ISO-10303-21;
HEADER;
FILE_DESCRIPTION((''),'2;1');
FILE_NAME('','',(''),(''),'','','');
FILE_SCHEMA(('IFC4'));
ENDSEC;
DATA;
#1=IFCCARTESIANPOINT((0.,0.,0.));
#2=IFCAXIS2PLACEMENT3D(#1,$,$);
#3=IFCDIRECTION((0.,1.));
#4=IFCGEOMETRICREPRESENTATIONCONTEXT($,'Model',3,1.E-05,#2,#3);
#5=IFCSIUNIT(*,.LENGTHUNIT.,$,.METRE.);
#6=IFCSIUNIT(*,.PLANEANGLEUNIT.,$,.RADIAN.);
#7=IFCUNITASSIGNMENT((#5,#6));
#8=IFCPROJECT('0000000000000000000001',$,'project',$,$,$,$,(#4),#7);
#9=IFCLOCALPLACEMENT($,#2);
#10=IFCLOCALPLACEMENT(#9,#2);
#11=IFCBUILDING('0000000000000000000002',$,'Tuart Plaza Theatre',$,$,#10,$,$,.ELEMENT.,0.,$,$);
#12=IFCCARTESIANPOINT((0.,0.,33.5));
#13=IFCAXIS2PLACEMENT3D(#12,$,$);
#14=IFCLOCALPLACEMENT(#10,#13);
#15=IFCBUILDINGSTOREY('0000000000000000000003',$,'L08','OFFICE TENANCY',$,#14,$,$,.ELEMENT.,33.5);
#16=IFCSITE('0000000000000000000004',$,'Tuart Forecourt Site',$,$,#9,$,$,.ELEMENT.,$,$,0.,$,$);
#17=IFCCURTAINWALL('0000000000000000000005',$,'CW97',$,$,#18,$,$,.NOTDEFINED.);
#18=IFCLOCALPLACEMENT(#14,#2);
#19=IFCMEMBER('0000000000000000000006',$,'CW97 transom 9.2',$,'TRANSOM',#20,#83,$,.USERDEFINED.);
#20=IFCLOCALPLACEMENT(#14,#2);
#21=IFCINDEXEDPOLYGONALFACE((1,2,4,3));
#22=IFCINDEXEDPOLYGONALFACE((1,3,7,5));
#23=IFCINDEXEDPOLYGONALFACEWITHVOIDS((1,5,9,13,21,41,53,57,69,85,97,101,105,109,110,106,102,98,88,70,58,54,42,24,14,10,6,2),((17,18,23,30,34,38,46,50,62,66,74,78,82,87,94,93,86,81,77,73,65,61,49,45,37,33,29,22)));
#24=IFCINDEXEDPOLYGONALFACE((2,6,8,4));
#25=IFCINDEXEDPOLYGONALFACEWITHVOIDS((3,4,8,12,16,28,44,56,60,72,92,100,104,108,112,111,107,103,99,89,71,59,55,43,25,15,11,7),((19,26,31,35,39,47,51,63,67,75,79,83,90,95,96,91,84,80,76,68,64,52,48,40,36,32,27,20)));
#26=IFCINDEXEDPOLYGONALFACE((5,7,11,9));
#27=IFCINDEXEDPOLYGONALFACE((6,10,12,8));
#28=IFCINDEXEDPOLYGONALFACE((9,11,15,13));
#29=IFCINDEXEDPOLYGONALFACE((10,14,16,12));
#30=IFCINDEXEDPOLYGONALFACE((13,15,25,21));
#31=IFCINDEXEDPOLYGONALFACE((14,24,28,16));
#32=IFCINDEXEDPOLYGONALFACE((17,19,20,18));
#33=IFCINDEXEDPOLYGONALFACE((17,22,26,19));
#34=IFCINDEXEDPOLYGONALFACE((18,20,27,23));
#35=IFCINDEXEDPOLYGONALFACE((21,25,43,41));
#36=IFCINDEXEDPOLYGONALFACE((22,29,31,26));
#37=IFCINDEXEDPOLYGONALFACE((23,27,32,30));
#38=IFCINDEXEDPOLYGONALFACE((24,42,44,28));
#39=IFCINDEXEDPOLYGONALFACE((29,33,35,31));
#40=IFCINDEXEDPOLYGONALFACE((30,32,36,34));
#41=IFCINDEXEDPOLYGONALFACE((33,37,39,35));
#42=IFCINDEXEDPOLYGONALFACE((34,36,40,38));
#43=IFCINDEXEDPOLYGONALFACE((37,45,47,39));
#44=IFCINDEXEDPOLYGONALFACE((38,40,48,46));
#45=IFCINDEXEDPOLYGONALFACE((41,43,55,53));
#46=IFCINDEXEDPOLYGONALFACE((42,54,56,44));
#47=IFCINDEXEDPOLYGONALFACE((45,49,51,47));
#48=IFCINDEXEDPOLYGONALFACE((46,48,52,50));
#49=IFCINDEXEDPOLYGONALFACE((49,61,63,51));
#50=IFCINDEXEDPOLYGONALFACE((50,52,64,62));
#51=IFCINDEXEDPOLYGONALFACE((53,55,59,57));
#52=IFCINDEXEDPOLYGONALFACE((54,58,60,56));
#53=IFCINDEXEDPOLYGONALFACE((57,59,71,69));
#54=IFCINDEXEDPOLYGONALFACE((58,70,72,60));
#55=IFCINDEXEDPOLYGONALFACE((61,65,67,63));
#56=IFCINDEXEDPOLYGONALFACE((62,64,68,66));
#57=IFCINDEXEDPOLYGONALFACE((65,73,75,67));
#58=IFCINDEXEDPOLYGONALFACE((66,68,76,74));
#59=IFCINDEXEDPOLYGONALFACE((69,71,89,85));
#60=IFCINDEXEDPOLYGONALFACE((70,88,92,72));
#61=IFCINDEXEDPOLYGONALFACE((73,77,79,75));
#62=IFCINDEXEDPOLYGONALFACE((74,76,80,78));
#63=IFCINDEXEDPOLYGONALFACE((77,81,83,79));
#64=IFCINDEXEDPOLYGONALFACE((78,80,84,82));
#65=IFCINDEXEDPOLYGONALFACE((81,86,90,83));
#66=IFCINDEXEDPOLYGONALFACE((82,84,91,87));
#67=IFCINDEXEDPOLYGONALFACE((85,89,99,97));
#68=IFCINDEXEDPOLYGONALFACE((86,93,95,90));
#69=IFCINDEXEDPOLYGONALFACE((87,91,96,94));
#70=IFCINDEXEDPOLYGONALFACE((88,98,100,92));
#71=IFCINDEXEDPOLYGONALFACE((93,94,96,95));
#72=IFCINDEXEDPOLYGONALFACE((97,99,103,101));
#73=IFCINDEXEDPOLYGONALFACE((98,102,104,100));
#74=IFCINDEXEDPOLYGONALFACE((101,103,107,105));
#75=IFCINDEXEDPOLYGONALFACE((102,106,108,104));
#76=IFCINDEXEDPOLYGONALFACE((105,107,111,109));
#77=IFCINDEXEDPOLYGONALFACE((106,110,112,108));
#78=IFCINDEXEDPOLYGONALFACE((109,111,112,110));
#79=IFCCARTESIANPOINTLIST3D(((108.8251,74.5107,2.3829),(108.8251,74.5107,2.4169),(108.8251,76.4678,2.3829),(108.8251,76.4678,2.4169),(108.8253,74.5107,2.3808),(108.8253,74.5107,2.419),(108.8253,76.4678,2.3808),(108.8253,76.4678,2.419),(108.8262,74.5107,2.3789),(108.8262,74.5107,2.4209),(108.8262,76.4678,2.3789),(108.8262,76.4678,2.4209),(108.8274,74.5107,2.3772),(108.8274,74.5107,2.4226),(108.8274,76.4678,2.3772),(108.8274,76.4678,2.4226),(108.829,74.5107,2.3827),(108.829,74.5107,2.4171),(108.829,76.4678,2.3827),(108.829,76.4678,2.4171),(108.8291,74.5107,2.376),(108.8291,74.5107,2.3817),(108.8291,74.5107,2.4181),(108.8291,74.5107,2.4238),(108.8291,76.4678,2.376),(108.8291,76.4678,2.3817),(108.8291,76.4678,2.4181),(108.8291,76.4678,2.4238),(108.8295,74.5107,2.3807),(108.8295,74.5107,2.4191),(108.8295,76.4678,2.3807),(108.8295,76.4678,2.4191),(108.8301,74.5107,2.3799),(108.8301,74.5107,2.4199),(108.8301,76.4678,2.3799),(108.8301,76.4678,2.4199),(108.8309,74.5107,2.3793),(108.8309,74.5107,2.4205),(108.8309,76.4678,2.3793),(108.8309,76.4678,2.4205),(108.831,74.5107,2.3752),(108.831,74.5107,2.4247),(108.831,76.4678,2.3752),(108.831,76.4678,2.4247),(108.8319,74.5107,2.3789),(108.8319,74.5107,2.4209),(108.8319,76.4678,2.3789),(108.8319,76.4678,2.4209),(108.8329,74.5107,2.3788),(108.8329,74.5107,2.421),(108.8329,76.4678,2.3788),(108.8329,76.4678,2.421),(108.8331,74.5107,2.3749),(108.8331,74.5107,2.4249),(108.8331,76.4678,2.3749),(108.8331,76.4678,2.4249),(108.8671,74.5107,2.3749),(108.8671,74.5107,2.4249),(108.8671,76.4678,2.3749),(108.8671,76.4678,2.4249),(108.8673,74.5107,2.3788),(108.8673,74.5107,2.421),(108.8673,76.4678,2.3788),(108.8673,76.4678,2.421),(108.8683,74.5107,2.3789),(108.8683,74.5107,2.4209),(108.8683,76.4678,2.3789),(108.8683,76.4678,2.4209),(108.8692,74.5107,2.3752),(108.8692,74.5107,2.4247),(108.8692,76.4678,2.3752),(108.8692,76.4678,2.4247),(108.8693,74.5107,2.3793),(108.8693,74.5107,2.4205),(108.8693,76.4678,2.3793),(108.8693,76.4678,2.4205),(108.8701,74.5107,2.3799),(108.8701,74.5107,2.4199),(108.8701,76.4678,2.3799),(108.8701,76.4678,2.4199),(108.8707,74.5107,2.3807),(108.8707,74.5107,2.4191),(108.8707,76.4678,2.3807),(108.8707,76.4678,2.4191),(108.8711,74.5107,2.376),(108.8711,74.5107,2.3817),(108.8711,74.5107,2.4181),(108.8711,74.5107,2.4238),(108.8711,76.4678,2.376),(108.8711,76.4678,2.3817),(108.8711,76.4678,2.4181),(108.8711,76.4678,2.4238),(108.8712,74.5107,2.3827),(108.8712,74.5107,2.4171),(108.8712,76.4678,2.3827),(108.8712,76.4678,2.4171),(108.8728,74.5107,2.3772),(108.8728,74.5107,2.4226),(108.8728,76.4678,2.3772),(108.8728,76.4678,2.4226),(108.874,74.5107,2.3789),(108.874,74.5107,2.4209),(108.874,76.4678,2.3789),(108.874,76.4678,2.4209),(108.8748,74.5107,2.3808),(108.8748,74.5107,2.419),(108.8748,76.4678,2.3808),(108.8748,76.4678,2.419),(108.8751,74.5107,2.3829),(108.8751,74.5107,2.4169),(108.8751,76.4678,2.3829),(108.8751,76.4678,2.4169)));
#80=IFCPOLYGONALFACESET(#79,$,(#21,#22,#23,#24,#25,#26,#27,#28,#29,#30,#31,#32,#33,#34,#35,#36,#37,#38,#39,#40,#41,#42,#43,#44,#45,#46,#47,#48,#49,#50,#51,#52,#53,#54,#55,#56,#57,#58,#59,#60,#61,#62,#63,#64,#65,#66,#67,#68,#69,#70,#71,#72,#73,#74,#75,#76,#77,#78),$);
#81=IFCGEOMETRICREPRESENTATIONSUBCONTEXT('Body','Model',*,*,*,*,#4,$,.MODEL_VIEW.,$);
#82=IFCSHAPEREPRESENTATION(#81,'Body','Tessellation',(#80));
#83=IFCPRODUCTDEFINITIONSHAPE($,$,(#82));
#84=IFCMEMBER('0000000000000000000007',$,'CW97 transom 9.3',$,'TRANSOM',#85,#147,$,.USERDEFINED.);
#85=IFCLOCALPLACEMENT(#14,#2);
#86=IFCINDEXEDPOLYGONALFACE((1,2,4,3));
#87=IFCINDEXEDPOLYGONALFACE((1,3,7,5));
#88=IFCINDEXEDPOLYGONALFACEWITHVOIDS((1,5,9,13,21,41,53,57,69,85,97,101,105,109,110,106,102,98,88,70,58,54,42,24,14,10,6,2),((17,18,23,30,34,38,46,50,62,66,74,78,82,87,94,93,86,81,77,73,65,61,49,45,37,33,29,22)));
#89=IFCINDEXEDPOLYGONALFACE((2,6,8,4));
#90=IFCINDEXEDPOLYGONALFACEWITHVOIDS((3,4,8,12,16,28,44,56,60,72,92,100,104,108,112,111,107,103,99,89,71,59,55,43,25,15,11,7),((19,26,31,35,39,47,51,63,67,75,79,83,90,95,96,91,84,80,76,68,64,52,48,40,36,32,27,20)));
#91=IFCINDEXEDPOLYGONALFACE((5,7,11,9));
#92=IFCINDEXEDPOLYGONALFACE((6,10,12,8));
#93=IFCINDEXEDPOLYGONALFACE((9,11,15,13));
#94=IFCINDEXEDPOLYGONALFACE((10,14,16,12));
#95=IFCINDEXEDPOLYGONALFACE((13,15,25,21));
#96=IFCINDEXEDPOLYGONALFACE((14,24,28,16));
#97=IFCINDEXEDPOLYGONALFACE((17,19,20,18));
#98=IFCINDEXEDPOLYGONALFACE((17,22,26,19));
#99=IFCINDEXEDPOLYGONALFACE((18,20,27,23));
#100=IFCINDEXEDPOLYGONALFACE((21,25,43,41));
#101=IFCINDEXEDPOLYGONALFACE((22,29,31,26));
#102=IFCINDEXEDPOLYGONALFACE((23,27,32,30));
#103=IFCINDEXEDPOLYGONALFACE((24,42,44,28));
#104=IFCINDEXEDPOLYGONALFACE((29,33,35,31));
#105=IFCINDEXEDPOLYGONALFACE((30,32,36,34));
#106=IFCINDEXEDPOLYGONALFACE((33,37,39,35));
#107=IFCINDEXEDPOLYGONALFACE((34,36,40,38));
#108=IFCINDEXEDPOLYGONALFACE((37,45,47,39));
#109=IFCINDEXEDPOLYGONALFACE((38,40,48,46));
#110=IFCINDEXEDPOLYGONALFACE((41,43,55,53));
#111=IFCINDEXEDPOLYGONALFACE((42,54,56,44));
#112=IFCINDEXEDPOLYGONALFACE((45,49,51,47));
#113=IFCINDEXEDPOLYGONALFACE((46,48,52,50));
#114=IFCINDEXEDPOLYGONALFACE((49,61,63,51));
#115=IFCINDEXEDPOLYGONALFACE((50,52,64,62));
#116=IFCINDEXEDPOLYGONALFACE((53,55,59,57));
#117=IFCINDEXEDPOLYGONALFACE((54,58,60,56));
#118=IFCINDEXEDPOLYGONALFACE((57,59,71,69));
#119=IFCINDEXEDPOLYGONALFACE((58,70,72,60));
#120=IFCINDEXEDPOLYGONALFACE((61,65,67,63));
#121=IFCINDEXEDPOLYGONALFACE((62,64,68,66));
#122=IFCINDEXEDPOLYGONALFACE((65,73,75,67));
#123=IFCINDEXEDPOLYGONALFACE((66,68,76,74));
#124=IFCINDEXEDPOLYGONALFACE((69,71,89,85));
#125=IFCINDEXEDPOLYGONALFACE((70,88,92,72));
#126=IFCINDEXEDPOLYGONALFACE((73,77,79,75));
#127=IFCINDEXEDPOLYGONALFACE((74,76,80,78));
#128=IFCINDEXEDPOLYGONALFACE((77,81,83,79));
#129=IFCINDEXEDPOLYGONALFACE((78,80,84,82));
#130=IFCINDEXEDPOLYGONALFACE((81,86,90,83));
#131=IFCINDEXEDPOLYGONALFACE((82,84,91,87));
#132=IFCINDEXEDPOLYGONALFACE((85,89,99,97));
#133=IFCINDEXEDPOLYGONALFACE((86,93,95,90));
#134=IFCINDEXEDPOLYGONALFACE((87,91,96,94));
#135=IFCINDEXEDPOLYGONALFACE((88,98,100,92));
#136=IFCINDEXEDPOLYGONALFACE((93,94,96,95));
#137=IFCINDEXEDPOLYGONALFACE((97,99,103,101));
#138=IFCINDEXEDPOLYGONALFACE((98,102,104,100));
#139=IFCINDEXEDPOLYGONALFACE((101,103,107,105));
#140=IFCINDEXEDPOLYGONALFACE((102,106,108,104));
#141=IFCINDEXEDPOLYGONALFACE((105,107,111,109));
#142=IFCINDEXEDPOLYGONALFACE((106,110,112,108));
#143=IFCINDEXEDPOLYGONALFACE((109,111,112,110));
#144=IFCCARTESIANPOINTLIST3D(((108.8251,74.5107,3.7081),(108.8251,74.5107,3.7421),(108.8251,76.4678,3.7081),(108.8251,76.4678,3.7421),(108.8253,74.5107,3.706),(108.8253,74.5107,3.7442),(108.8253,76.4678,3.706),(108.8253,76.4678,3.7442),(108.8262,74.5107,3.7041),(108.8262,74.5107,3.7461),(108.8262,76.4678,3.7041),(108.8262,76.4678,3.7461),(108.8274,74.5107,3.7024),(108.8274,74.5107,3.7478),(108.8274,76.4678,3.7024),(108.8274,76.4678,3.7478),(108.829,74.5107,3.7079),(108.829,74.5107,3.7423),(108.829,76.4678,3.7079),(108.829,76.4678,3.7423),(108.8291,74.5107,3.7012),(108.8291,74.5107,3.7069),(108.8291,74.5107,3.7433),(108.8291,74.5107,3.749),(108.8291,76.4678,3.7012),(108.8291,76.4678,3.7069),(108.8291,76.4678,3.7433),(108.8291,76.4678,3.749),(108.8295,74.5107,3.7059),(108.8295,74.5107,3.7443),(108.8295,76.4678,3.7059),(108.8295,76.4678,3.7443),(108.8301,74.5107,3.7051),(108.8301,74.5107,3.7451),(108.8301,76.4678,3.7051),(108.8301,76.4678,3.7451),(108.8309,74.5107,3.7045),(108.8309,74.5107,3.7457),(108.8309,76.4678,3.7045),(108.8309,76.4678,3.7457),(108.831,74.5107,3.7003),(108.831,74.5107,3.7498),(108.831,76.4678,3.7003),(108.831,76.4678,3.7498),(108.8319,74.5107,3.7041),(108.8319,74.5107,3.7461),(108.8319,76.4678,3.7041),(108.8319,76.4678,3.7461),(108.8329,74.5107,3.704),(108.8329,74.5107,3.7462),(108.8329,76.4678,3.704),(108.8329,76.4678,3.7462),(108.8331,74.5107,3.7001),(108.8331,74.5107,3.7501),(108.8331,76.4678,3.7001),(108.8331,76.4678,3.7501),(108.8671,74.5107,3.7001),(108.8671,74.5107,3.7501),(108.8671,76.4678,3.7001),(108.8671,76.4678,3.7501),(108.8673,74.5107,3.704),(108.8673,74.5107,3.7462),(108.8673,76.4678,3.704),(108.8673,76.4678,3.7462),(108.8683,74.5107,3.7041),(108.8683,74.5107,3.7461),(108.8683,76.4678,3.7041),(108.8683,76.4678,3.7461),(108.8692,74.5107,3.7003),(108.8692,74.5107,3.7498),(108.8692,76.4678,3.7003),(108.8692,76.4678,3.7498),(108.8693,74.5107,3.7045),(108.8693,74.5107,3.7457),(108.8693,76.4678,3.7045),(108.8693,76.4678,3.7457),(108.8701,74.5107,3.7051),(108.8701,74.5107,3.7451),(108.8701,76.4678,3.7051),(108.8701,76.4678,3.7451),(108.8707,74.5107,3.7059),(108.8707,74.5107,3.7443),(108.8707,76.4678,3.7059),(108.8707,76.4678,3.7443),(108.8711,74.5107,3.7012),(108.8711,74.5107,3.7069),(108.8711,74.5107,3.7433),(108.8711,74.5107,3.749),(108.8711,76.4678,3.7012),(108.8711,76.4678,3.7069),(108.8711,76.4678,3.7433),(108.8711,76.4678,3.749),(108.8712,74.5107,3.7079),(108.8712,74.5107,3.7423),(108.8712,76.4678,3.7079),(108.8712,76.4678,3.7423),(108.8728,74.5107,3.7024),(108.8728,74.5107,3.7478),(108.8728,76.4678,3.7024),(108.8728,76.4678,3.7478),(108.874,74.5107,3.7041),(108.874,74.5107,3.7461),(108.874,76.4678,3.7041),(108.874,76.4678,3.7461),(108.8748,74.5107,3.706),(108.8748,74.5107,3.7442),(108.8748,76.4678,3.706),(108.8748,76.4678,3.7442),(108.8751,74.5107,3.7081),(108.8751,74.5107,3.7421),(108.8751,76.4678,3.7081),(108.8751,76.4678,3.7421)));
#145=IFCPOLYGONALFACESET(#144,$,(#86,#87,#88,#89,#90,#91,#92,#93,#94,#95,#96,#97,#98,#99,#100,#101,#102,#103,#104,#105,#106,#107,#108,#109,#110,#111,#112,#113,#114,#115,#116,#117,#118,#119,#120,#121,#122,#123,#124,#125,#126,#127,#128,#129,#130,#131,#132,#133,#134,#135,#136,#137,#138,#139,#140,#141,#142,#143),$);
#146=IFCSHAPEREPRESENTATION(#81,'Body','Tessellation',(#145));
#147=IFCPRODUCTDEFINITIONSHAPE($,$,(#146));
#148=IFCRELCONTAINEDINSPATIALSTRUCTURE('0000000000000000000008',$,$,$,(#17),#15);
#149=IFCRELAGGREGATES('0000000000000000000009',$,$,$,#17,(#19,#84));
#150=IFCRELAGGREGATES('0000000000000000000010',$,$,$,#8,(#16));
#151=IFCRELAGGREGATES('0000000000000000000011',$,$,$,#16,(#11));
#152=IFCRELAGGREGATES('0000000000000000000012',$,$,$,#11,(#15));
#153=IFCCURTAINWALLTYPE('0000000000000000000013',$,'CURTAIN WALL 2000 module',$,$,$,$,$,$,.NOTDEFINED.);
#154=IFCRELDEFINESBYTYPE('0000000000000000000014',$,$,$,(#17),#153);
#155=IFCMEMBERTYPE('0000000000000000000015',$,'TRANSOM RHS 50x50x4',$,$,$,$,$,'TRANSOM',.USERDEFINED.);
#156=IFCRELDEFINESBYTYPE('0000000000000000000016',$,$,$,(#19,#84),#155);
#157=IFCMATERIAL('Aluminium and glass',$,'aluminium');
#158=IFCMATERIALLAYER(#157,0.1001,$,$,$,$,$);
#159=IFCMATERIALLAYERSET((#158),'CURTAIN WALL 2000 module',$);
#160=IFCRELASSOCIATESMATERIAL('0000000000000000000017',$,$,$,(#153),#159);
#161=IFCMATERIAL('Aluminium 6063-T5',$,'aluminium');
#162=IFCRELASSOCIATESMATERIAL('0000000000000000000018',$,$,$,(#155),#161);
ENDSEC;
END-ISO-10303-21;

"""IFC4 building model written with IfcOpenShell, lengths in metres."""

from ifc_helpers import new_model, si_unit, direction, frame, origin, origin_2d, place, context, subcontext, project, spatial, hollow_rectangle, extrude, material, layer, layer_set, material_profile, profile_set, type_object, element, aggregate, save


model = new_model("IFC4")

# Units and contexts
model_context = context("Model", 3, precision=1e-05, world=origin(), true_north=direction((0.0, 1.0)))
body_context = subcontext(model_context, "Body", "Model", "MODEL_VIEW")
ifc_project = project(units=[si_unit("LENGTHUNIT", "METRE"), si_unit("PLANEANGLEUNIT", "RADIAN")], contexts=[model_context])

# Site, building, storey
site_placement = place(None, origin())
site = spatial("IfcSite", under=ifc_project, at=site_placement, Name="Tuart Forecourt Site", CompositionType="ELEMENT", RefElevation=0.0)
building_placement = place(site_placement, origin())
building = spatial("IfcBuilding", under=site, at=building_placement, Name="Tuart Plaza Theatre", CompositionType="ELEMENT", ElevationOfRefHeight=0.0)
storey_placement = place(building_placement, frame((0.0, 0.0, 33.5)))
storey = spatial("IfcBuildingStorey", under=building, at=storey_placement, Name="L08", Description="OFFICE TENANCY", CompositionType="ELEMENT", Elevation=33.5)

# Curtain wall, members
ifc_material_1 = material(Name="Aluminium and glass", Category="aluminium")
ifc_layer_1 = layer(ifc_material_1, 0.1001)
ifc_layer_set_1 = layer_set([ifc_layer_1], Name="CURTAIN WALL 2000 module")
curtain_wall_type = type_object("IfcCurtainWallType", Name="CURTAIN WALL 2000 module", PredefinedType="NOTDEFINED", material=ifc_layer_set_1)
curtain_wall_placement = place(storey_placement, origin())
curtain_wall = element("IfcCurtainWall", 1, at=curtain_wall_placement, inside=storey, type_object=curtain_wall_type, Name="CW97", PredefinedType="NOTDEFINED")
ifc_material_2 = material(Name="Aluminium 6063-T5", Category="aluminium")
ifc_material_profile_1 = material_profile(ifc_material_2, hollow_rectangle(XDim=0.05, YDim=0.05, WallThickness=0.0039, InnerFilletRadius=0.0039, OuterFilletRadius=0.0081, at=origin_2d()), Name="RHS 50x50x4")
ifc_profile_set_1 = profile_set([ifc_material_profile_1], Name="Aluminium 6063-T5")
member_type_1 = type_object("IfcMemberType", Name="TRANSOM RHS 50x50x4", ElementType="TRANSOM", PredefinedType="USERDEFINED", material=ifc_profile_set_1)
member_1_placement = place(storey_placement, frame((108.8501, 76.4678, 2.3999), z_axis=(0.0, -1.0, 0.0), x_axis=(1.0, 0.0, 0.0)))
member_1 = element("IfcMember", 2, at=member_1_placement, type_object=member_type_1, Name="CW97 transom 9.2", ObjectType="TRANSOM", PredefinedType="USERDEFINED", context=body_context, shape_type="SweptSolid", body=[
    extrude(hollow_rectangle(XDim=0.05, YDim=0.05, WallThickness=0.0039, InnerFilletRadius=0.0039, OuterFilletRadius=0.0081, at=origin_2d()), origin(), (0.0, 0.0, 1.0), 1.957),
])
member_2_placement = place(storey_placement, frame((108.8501, 76.4678, 3.7251), z_axis=(0.0, -1.0, 0.0), x_axis=(1.0, 0.0, 0.0)))
member_2 = element("IfcMember", 3, at=member_2_placement, type_object=member_type_1, Name="CW97 transom 9.3", ObjectType="TRANSOM", PredefinedType="USERDEFINED", context=body_context, shape_type="SweptSolid", body=[
    extrude(hollow_rectangle(XDim=0.05, YDim=0.05, WallThickness=0.0039, InnerFilletRadius=0.0039, OuterFilletRadius=0.0081, at=origin_2d()), origin(), (0.0, 0.0, 1.0), 1.957),
])
aggregate(curtain_wall, [member_1, member_2])

save(model, "model.ifc")
